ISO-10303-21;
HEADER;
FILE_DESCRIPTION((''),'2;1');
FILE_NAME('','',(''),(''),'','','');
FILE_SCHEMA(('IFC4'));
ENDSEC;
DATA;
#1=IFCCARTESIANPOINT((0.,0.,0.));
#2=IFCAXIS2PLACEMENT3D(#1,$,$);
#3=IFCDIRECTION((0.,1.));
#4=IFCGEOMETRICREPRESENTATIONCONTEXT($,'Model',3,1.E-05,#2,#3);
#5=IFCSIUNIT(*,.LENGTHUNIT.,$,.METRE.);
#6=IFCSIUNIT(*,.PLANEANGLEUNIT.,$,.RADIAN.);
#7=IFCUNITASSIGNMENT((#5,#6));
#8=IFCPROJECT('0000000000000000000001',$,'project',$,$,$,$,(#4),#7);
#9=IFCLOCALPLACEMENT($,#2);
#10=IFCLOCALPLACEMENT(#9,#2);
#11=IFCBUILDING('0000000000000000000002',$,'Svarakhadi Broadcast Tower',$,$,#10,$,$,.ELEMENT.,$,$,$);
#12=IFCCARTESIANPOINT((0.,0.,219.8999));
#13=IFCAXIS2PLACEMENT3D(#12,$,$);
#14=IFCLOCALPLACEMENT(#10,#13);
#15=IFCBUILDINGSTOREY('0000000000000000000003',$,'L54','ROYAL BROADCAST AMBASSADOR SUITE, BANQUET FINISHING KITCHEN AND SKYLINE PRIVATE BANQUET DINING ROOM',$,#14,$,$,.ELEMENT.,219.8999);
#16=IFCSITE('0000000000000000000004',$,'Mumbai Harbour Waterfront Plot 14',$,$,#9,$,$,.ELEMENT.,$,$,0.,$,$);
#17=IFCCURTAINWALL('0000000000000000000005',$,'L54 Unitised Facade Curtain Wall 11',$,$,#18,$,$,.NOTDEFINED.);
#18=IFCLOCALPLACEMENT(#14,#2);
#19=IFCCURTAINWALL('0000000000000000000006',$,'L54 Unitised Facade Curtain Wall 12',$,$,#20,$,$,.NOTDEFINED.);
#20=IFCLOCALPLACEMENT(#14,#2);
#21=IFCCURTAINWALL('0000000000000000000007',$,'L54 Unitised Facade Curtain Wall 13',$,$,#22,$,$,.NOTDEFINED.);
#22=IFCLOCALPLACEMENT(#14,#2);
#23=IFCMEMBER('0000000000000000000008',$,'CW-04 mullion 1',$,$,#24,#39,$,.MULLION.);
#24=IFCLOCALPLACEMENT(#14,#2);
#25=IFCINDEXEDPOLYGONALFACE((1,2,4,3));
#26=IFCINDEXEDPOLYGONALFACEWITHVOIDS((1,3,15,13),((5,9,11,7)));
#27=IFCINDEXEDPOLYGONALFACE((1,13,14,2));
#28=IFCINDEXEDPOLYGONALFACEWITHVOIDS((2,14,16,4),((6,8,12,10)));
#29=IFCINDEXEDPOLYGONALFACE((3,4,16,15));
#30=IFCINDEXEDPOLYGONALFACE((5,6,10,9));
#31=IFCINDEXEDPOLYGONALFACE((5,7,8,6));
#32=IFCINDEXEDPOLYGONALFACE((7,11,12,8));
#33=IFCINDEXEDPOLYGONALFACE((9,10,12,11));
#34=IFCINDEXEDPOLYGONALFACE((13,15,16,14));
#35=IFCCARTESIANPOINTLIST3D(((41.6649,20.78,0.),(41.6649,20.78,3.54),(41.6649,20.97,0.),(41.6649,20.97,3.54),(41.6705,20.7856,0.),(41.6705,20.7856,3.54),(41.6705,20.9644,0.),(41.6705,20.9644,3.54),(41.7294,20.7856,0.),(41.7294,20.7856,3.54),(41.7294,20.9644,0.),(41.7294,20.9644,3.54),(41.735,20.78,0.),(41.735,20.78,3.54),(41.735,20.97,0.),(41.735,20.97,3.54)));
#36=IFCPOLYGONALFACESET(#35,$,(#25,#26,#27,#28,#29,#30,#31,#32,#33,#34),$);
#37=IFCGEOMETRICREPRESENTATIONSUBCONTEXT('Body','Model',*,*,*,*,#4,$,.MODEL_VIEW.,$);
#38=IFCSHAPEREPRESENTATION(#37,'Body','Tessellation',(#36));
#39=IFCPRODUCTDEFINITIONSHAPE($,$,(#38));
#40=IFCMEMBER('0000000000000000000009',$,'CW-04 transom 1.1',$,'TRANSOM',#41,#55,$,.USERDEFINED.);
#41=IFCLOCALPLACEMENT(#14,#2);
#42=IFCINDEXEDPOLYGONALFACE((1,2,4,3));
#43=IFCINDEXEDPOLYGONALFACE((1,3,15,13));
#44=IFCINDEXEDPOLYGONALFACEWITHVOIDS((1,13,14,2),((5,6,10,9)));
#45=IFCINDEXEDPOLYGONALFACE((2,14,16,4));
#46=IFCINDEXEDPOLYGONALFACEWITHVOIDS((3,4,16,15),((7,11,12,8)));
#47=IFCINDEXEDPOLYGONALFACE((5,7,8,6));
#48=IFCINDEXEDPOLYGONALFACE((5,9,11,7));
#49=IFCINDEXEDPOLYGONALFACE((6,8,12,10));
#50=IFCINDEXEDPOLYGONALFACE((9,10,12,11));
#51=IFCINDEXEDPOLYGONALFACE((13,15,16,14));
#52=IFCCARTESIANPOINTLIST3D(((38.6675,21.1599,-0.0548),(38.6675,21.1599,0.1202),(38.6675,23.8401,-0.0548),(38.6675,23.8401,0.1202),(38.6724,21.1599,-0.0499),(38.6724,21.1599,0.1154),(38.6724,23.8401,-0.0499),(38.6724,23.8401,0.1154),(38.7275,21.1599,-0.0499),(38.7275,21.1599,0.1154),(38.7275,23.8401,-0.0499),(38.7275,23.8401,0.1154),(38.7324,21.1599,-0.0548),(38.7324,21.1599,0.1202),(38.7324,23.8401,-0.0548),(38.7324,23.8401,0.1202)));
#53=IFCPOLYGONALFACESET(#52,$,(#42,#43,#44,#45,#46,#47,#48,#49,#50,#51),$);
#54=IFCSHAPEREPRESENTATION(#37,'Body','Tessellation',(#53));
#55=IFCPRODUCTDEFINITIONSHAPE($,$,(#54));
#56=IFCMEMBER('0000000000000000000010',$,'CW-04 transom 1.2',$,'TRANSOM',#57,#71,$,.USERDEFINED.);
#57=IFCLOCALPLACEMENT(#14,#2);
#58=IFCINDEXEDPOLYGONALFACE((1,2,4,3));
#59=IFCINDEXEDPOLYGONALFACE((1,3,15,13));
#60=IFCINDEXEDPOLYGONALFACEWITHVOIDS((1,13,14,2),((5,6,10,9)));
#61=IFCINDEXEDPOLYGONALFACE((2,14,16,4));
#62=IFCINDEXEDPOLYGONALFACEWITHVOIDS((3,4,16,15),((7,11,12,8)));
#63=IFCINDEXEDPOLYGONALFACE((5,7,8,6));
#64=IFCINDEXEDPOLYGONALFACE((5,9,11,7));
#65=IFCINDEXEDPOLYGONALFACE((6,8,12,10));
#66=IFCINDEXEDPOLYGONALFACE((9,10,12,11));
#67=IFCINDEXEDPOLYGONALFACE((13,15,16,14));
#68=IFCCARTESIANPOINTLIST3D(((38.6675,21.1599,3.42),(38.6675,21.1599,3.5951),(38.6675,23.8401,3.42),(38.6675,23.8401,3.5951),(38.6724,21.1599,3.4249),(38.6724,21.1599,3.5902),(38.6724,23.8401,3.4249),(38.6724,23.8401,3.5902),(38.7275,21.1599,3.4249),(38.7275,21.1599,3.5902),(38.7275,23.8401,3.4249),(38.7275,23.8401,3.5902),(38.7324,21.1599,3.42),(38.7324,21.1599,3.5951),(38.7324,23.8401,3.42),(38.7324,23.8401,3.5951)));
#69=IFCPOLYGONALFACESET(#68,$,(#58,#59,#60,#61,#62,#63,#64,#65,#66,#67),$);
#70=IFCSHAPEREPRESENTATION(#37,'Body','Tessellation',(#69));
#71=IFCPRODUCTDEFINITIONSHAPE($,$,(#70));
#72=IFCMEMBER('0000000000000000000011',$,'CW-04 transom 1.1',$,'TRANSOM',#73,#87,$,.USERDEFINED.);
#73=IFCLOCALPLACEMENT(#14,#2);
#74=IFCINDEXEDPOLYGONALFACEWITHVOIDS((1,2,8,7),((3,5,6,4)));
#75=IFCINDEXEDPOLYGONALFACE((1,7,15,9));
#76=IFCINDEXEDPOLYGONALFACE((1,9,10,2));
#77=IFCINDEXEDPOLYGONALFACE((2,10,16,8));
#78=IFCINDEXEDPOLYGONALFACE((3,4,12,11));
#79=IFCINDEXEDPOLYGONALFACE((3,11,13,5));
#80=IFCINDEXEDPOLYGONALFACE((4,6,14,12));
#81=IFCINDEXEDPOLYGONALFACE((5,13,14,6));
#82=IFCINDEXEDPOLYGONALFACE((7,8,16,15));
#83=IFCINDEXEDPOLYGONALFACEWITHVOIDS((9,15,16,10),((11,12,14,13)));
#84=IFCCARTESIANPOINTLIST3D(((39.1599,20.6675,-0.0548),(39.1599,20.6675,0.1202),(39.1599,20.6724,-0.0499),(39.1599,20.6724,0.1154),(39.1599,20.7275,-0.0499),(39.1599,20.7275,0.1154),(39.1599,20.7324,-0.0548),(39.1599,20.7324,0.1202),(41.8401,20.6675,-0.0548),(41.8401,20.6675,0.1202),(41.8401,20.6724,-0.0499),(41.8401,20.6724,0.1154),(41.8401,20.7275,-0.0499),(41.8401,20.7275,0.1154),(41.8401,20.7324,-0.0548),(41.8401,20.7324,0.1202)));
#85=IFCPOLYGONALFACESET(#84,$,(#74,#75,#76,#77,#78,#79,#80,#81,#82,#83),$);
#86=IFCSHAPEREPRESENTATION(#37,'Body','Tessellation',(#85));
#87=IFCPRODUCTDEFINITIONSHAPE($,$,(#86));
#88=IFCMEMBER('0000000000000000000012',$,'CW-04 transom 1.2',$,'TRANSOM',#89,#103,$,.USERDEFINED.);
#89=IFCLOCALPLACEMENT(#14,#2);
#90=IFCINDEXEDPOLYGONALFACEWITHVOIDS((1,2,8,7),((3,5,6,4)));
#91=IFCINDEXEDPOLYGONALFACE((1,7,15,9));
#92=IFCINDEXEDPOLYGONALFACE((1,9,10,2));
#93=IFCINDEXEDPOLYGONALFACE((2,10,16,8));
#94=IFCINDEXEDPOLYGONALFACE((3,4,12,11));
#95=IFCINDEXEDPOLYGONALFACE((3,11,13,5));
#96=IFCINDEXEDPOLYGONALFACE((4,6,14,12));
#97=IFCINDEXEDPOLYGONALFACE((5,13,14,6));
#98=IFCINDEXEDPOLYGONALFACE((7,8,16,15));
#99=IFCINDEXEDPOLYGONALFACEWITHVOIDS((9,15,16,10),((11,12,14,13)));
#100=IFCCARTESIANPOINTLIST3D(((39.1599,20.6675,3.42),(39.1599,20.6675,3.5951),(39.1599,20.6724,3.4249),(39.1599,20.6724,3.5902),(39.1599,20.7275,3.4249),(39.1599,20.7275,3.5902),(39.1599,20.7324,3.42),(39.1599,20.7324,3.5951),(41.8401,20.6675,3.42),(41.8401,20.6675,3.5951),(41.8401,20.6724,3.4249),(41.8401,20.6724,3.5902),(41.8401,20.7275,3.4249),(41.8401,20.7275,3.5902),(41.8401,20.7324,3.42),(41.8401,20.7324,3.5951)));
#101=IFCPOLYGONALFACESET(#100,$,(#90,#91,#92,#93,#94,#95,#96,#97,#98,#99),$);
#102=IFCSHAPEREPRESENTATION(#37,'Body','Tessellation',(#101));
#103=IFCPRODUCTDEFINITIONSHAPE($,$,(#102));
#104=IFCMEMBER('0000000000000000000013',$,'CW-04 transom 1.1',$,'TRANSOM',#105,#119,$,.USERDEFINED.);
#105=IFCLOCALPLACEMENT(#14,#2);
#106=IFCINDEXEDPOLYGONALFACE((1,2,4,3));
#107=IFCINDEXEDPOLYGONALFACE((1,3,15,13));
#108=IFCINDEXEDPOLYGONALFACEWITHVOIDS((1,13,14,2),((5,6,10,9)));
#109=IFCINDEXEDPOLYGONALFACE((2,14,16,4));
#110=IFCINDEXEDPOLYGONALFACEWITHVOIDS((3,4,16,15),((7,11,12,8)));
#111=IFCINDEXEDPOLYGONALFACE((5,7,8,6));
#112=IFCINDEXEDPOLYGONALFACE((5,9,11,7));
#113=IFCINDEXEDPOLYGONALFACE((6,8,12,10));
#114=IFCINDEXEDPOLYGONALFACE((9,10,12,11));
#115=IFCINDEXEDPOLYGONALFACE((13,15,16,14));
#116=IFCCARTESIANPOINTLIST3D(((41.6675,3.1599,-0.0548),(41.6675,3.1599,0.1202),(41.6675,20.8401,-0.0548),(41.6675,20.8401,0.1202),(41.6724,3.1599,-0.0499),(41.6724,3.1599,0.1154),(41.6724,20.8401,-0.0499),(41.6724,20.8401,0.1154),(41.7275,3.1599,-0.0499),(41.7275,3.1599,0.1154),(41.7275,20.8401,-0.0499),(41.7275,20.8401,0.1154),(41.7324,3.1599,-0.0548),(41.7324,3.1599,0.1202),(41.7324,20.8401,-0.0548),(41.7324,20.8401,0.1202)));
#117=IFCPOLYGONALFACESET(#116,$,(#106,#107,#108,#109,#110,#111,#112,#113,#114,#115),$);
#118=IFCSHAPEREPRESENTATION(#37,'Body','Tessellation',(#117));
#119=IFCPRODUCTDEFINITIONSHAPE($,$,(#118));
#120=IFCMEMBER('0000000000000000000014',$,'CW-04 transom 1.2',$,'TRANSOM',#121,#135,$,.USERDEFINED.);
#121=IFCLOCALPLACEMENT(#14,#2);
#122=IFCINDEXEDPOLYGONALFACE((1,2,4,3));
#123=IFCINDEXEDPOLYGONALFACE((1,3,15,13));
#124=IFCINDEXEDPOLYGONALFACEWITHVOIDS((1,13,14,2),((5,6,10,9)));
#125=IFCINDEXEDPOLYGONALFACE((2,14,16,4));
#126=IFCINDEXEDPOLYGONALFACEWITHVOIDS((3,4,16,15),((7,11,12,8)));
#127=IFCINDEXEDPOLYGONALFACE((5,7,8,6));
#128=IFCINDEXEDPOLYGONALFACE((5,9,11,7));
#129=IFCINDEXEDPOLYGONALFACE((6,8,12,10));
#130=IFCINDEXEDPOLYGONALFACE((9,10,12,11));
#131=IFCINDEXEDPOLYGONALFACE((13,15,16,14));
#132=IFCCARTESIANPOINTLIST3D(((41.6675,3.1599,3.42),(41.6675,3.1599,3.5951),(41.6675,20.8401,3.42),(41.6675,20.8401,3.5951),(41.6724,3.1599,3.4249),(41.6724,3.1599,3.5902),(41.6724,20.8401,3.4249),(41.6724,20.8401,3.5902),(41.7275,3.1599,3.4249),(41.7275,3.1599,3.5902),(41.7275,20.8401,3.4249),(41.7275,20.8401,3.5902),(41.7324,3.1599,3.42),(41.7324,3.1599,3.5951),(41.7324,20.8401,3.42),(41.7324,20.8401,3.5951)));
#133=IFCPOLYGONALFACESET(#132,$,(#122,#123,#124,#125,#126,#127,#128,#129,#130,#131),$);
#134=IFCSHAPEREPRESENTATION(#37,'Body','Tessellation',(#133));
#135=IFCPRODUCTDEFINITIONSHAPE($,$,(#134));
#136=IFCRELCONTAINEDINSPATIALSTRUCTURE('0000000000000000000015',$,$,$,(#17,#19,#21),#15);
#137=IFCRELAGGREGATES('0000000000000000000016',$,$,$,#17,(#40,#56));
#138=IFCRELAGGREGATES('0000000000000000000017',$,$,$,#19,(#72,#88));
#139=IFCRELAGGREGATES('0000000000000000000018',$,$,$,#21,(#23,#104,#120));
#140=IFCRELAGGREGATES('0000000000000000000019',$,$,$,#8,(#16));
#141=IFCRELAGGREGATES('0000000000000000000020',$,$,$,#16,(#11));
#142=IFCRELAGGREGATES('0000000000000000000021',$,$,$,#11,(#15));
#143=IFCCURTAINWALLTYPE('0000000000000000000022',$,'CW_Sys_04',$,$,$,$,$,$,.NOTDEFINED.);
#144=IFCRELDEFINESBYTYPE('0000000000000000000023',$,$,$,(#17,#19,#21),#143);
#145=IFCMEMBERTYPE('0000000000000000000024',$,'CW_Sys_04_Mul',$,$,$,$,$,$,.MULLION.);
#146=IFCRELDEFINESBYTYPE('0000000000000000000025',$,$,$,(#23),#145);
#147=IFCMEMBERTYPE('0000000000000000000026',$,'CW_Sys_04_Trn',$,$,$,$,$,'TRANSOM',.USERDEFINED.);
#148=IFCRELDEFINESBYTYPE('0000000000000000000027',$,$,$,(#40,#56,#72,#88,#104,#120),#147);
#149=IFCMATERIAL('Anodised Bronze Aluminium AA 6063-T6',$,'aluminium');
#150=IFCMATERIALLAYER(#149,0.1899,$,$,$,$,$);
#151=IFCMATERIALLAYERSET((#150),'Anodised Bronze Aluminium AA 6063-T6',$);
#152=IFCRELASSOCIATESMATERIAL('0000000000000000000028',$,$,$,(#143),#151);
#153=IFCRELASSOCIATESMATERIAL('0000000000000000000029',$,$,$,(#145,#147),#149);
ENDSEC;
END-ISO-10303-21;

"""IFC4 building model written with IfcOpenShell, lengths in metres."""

from ifc_helpers import new_model, si_unit, direction, frame, origin, origin_2d, place, context, subcontext, project, spatial, hollow_rectangle, extrude, material, layer, layer_set, material_profile, profile_set, type_object, element, aggregate, save


model = new_model("IFC4")

# Units and contexts
model_context = context("Model", 3, precision=1e-05, world=origin(), true_north=direction((0.0, 1.0)))
body_context = subcontext(model_context, "Body", "Model", "MODEL_VIEW")
ifc_project = project(units=[si_unit("LENGTHUNIT", "METRE"), si_unit("PLANEANGLEUNIT", "RADIAN")], contexts=[model_context])

# Site, building, storey
site_placement = place(None, origin())
site = spatial("IfcSite", under=ifc_project, at=site_placement, Name="Mumbai Harbour Waterfront Plot 14", CompositionType="ELEMENT", RefElevation=0.0)
building_placement = place(site_placement, origin())
building = spatial("IfcBuilding", under=site, at=building_placement, Name="Svarakhadi Broadcast Tower", CompositionType="ELEMENT")
storey_placement = place(building_placement, frame((0.0, 0.0, 219.8999)))
storey = spatial("IfcBuildingStorey", under=building, at=storey_placement, Name="L54", Description="ROYAL BROADCAST AMBASSADOR SUITE, BANQUET FINISHING KITCHEN AND SKYLINE PRIVATE BANQUET DINING ROOM", CompositionType="ELEMENT", Elevation=219.8999)

# Shared definitions
ifc_material_1 = material(Name="Anodised Bronze Aluminium AA 6063-T6", Category="aluminium")
ifc_layer_1 = layer(ifc_material_1, 0.1899)
ifc_layer_set_1 = layer_set([ifc_layer_1], Name="Anodised Bronze Aluminium AA 6063-T6")
curtain_wall_type = type_object("IfcCurtainWallType", Name="CW_Sys_04", PredefinedType="NOTDEFINED", material=ifc_layer_set_1)
ifc_material_profile_1 = material_profile(ifc_material_1, hollow_rectangle(XDim=0.0701, YDim=0.1899, WallThickness=0.0056, at=origin_2d()), Name="ALU MULLION 190x70x6")
ifc_profile_set_1 = profile_set([ifc_material_profile_1], Name="Anodised Bronze Aluminium AA 6063-T6")
member_type_1 = type_object("IfcMemberType", Name="CW_Sys_04_Mul", PredefinedType="MULLION", material=ifc_profile_set_1)

# Curtain walls
curtain_wall_1_placement = place(storey_placement, origin())
curtain_wall_1 = element("IfcCurtainWall", 1, at=curtain_wall_1_placement, inside=storey, type_object=curtain_wall_type, Name="L54 Unitised Facade Curtain Wall 11", PredefinedType="NOTDEFINED")
curtain_wall_2_placement = place(storey_placement, origin())
curtain_wall_2 = element("IfcCurtainWall", 2, at=curtain_wall_2_placement, inside=storey, type_object=curtain_wall_type, Name="L54 Unitised Facade Curtain Wall 12", PredefinedType="NOTDEFINED")

# Curtain wall, member
curtain_wall_3_placement = place(storey_placement, origin())
curtain_wall_3 = element("IfcCurtainWall", 3, at=curtain_wall_3_placement, inside=storey, type_object=curtain_wall_type, Name="L54 Unitised Facade Curtain Wall 13", PredefinedType="NOTDEFINED")
member_1_placement = place(storey_placement, frame((41.7, 20.875, 0.0), z_axis=(0.0, 0.0, 1.0), x_axis=(1.0, 0.0, 0.0)))
member_1 = element("IfcMember", 4, at=member_1_placement, type_object=member_type_1, Name="CW-04 mullion 1", PredefinedType="MULLION", context=body_context, shape_type="SweptSolid", body=[
    extrude(hollow_rectangle(XDim=0.0701, YDim=0.1899, WallThickness=0.0056, at=origin_2d()), origin(), (0.0, 0.0, 1.0), 3.54),
])

# Members
ifc_material_profile_2 = material_profile(ifc_material_1, hollow_rectangle(XDim=0.0649, YDim=0.175, WallThickness=0.0049, at=origin_2d()), Name="ALU TRANSOM 175x65x5")
ifc_profile_set_2 = profile_set([ifc_material_profile_2], Name="Anodised Bronze Aluminium AA 6063-T6")
member_type_2 = type_object("IfcMemberType", Name="CW_Sys_04_Trn", ElementType="TRANSOM", PredefinedType="USERDEFINED", material=ifc_profile_set_2)
member_2_placement = place(storey_placement, frame((38.7, 23.8401, 0.0327), z_axis=(0.0, -1.0, 0.0), x_axis=(1.0, 0.0, 0.0)))
member_2 = element("IfcMember", 5, at=member_2_placement, type_object=member_type_2, Name="CW-04 transom 1.1", ObjectType="TRANSOM", PredefinedType="USERDEFINED", context=body_context, shape_type="SweptSolid", body=[
    extrude(hollow_rectangle(XDim=0.0649, YDim=0.175, WallThickness=0.0049, at=origin_2d()), origin(), (0.0, 0.0, 1.0), 2.6802),
])
member_3_placement = place(storey_placement, frame((38.7, 23.8401, 3.5076), z_axis=(0.0, -1.0, 0.0), x_axis=(1.0, 0.0, 0.0)))
member_3 = element("IfcMember", 6, at=member_3_placement, type_object=member_type_2, Name="CW-04 transom 1.2", ObjectType="TRANSOM", PredefinedType="USERDEFINED", context=body_context, shape_type="SweptSolid", body=[
    extrude(hollow_rectangle(XDim=0.0649, YDim=0.175, WallThickness=0.0049, at=origin_2d()), origin(), (0.0, 0.0, 1.0), 2.6802),
])
member_4_placement = place(storey_placement, frame((39.1599, 20.7, 0.0327), z_axis=(1.0, 0.0, 0.0), x_axis=(0.0, 1.0, 0.0)))
member_4 = element("IfcMember", 7, at=member_4_placement, type_object=member_type_2, Name="CW-04 transom 1.1", ObjectType="TRANSOM", PredefinedType="USERDEFINED", context=body_context, shape_type="SweptSolid", body=[
    extrude(hollow_rectangle(XDim=0.0649, YDim=0.175, WallThickness=0.0049, at=origin_2d()), origin(), (0.0, 0.0, 1.0), 2.6802),
])
member_5_placement = place(storey_placement, frame((39.1599, 20.7, 3.5076), z_axis=(1.0, 0.0, 0.0), x_axis=(0.0, 1.0, 0.0)))
member_5 = element("IfcMember", 8, at=member_5_placement, type_object=member_type_2, Name="CW-04 transom 1.2", ObjectType="TRANSOM", PredefinedType="USERDEFINED", context=body_context, shape_type="SweptSolid", body=[
    extrude(hollow_rectangle(XDim=0.0649, YDim=0.175, WallThickness=0.0049, at=origin_2d()), origin(), (0.0, 0.0, 1.0), 2.6802),
])
member_6_placement = place(storey_placement, frame((41.7, 20.8401, 0.0327), z_axis=(0.0, -1.0, 0.0), x_axis=(1.0, 0.0, 0.0)))
member_6 = element("IfcMember", 9, at=member_6_placement, type_object=member_type_2, Name="CW-04 transom 1.1", ObjectType="TRANSOM", PredefinedType="USERDEFINED", context=body_context, shape_type="SweptSolid", body=[
    extrude(hollow_rectangle(XDim=0.0649, YDim=0.175, WallThickness=0.0049, at=origin_2d()), origin(), (0.0, 0.0, 1.0), 17.6802),
])
member_7_placement = place(storey_placement, frame((41.7, 20.8401, 3.5076), z_axis=(0.0, -1.0, 0.0), x_axis=(1.0, 0.0, 0.0)))
member_7 = element("IfcMember", 10, at=member_7_placement, type_object=member_type_2, Name="CW-04 transom 1.2", ObjectType="TRANSOM", PredefinedType="USERDEFINED", context=body_context, shape_type="SweptSolid", body=[
    extrude(hollow_rectangle(XDim=0.0649, YDim=0.175, WallThickness=0.0049, at=origin_2d()), origin(), (0.0, 0.0, 1.0), 17.6802),
])

aggregate(curtain_wall_1, [member_2, member_3])
aggregate(curtain_wall_2, [member_4, member_5])
aggregate(curtain_wall_3, [member_1, member_6, member_7])

save(model, "model.ifc")
